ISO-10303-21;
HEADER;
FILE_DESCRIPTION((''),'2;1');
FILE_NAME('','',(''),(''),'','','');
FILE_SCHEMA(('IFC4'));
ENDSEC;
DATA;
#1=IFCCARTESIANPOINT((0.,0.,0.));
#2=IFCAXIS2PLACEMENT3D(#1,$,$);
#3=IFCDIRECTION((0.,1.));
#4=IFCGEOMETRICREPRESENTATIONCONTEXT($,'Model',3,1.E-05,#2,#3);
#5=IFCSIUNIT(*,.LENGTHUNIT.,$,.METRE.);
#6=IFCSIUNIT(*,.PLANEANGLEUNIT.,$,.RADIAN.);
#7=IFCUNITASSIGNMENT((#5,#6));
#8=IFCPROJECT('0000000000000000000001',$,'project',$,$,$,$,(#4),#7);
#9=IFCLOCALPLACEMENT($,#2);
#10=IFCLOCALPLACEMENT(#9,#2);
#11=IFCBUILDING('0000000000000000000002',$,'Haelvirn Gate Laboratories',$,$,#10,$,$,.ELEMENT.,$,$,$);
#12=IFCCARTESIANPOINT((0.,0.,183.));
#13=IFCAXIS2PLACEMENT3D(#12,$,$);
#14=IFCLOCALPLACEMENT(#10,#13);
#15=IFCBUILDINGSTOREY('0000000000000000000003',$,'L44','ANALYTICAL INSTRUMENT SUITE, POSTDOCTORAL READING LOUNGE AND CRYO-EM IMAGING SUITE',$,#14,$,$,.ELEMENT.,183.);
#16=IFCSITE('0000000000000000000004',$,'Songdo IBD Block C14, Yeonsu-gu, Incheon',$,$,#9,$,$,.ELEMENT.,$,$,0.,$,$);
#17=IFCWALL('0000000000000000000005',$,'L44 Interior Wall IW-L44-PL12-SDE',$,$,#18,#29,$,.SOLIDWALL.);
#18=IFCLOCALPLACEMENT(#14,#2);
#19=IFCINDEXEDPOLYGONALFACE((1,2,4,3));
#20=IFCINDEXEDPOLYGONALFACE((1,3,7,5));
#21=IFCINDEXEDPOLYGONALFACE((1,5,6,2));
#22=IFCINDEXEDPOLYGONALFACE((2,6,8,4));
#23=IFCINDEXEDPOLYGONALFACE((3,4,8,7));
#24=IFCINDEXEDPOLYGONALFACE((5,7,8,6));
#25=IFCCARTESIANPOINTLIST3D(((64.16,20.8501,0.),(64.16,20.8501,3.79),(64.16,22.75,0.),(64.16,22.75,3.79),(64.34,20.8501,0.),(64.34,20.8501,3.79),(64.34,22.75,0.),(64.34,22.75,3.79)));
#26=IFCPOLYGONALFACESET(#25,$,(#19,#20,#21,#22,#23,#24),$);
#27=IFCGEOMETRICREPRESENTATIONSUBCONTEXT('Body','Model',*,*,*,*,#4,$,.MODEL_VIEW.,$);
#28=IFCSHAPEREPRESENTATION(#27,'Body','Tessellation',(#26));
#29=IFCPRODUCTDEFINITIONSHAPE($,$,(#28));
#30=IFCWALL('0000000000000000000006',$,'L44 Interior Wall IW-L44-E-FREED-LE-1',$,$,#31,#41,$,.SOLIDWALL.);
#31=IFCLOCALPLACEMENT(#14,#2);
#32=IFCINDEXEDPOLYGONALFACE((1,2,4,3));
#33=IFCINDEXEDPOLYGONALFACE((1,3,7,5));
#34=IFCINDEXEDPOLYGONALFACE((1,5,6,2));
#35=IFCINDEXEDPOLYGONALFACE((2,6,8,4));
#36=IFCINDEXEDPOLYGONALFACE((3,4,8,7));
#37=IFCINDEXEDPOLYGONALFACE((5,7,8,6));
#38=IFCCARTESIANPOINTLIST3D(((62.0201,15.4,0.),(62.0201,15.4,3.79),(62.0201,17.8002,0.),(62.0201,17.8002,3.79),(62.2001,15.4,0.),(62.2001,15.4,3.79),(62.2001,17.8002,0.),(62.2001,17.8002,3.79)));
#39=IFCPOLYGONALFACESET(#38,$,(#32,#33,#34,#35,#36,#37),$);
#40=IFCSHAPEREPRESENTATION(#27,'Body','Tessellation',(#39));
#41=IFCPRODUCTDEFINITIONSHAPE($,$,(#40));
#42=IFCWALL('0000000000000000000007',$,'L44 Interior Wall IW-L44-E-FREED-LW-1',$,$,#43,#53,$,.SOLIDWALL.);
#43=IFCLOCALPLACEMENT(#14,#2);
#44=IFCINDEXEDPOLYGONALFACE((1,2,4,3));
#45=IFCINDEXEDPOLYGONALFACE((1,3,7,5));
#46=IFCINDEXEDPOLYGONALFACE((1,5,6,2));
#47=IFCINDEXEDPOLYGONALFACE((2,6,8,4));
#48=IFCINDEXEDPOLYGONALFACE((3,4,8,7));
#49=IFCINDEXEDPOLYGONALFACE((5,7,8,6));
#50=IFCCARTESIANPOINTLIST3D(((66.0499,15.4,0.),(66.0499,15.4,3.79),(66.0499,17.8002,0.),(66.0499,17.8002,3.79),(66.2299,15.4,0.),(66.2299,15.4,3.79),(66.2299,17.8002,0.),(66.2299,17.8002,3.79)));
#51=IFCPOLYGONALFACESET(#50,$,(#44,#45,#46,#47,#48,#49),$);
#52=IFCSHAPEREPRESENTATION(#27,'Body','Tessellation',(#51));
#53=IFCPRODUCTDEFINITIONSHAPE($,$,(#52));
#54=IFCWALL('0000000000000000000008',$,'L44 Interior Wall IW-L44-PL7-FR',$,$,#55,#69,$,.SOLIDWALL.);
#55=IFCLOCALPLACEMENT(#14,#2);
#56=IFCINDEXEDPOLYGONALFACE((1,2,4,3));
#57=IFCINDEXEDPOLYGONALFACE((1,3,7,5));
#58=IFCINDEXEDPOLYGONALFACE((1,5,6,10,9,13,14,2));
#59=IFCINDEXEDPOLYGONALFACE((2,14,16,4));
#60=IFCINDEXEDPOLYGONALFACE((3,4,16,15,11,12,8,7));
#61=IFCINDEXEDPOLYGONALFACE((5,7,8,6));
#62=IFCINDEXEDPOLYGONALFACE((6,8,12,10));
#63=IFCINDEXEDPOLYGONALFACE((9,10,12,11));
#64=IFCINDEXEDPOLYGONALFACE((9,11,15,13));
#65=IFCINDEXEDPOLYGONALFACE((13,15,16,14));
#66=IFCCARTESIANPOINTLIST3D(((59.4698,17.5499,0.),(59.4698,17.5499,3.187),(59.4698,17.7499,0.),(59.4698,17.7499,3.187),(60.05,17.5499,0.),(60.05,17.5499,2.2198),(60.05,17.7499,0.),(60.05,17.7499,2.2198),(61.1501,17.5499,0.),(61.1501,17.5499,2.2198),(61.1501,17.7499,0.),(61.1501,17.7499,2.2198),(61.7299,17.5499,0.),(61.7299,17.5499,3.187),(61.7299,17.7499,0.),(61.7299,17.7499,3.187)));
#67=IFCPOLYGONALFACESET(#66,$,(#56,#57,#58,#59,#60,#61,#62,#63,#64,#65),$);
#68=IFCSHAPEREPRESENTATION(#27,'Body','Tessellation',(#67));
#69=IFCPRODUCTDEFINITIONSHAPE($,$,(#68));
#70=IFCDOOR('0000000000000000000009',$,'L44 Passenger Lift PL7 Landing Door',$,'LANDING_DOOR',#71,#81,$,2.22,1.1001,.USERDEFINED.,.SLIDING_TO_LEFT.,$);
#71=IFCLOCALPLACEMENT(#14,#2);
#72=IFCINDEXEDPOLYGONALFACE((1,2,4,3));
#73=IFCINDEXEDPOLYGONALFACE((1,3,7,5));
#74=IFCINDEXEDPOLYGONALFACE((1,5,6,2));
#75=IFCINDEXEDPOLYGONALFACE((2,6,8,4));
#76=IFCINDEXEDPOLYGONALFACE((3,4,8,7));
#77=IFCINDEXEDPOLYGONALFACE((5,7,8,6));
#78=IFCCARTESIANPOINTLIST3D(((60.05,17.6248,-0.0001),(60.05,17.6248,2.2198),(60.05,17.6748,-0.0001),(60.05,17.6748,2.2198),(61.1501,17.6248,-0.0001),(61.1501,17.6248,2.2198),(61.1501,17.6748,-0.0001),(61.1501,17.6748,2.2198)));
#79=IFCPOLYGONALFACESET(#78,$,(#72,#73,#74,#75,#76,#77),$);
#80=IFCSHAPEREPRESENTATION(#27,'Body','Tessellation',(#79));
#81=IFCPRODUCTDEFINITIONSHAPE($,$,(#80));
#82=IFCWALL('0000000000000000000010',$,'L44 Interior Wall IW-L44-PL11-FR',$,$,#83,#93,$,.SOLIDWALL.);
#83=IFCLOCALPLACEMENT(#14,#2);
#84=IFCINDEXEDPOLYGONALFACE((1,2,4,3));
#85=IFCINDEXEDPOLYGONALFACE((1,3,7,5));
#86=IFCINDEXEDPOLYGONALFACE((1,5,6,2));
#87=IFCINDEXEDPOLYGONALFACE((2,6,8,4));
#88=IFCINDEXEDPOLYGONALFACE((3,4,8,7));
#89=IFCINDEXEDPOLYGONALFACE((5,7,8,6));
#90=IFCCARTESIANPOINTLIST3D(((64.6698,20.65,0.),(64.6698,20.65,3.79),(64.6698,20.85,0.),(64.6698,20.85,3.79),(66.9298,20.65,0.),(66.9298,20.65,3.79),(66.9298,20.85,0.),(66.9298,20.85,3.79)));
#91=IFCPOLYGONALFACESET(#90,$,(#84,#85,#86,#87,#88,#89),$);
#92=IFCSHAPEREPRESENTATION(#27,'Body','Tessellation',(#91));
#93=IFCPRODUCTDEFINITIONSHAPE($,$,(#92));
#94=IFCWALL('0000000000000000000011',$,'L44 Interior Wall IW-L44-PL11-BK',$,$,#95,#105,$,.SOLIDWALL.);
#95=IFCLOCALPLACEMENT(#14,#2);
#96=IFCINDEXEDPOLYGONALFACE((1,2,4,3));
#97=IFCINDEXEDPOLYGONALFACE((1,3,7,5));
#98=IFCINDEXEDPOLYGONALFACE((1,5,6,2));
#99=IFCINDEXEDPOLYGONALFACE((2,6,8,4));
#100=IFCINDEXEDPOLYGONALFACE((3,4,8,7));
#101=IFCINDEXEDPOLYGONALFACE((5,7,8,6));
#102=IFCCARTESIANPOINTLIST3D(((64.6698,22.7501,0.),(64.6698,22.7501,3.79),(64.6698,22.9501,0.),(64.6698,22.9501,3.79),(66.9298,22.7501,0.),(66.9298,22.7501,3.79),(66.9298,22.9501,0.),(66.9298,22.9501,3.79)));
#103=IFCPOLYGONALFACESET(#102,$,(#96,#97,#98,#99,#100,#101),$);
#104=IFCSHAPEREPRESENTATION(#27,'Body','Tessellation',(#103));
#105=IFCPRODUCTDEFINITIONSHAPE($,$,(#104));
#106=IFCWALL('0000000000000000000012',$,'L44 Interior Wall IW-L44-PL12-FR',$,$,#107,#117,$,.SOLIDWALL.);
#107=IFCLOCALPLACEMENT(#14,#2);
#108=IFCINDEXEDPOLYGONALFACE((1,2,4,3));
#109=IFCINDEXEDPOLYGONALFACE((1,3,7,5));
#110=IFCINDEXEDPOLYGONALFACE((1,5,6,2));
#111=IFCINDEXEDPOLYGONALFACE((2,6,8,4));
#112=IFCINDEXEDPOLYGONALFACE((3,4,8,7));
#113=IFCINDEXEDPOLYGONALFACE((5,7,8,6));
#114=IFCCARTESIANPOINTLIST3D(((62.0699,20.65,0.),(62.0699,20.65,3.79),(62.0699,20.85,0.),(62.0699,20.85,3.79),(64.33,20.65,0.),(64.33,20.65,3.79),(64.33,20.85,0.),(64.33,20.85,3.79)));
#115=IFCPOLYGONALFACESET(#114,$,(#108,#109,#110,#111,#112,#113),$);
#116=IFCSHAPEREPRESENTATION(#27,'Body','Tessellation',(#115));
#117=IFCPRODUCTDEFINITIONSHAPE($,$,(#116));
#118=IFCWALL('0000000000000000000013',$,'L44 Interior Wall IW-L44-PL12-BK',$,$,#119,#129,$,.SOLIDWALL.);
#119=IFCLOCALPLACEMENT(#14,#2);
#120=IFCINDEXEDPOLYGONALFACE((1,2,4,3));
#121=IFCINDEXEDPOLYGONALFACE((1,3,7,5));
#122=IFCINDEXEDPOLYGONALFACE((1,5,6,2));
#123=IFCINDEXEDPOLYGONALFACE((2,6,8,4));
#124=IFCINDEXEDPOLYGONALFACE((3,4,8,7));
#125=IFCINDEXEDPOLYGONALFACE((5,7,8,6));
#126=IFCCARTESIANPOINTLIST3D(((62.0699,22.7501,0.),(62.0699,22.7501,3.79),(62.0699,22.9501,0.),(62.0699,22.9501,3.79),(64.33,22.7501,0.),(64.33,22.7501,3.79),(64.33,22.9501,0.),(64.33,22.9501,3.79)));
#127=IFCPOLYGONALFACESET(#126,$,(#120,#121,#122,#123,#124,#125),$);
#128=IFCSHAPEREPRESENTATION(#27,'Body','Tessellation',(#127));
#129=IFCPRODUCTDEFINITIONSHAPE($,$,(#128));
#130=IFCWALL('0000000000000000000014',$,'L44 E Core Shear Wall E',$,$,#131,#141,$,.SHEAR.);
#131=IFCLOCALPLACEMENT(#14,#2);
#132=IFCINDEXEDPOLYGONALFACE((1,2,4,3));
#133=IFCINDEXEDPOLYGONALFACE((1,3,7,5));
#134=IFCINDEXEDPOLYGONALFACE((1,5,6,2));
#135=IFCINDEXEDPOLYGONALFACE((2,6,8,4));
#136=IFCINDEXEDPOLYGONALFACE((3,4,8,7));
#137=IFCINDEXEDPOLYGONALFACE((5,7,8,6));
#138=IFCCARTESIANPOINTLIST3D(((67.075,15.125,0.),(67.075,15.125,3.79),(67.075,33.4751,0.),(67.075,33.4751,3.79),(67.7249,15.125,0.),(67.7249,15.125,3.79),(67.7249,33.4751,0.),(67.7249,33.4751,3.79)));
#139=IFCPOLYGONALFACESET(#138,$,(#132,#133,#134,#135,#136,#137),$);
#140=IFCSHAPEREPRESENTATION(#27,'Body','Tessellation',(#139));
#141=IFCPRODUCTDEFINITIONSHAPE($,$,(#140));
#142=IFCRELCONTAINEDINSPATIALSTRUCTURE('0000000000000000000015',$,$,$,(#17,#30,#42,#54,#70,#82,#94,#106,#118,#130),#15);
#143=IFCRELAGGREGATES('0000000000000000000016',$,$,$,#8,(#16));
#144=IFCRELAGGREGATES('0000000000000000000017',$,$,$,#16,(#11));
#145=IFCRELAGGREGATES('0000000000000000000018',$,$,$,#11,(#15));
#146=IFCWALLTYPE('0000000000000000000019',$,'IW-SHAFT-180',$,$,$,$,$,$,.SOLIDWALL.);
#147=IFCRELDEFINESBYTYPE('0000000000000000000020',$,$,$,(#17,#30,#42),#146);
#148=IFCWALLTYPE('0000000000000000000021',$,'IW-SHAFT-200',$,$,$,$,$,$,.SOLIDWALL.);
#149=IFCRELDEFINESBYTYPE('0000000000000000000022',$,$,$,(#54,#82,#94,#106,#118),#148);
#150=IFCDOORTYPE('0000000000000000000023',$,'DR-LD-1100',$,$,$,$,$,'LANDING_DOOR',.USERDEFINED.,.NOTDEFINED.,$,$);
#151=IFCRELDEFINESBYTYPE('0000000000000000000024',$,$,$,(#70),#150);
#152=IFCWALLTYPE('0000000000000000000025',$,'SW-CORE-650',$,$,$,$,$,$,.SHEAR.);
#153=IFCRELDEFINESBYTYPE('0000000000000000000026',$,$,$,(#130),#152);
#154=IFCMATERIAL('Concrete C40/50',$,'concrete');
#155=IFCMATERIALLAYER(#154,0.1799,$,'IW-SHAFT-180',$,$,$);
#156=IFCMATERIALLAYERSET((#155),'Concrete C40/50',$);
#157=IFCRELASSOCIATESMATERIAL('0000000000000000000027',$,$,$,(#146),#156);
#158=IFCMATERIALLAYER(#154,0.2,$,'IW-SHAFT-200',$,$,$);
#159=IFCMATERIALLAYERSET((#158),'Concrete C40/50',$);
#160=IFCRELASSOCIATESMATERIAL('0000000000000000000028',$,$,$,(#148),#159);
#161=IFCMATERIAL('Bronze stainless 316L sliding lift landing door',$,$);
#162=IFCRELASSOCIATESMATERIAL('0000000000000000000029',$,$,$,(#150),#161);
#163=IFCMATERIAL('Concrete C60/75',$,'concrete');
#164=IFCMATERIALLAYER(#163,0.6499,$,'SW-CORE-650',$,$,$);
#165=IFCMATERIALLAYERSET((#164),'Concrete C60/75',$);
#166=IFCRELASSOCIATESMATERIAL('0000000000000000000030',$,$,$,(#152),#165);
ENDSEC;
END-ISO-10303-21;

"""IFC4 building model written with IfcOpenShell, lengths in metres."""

from ifc_helpers import new_model, si_unit, direction, frame, frame_2d, origin, place, context, subcontext, project, spatial, rectangle, extrude, source, transform, mapped, material, layer, layer_set, type_object, type_shapes, element, fill, save


model = new_model("IFC4")

# Units and contexts
model_context = context("Model", 3, precision=1e-05, world=origin(), true_north=direction((0.0, 1.0)))
body_context = subcontext(model_context, "Body", "Model", "MODEL_VIEW")
ifc_project = project(units=[si_unit("LENGTHUNIT", "METRE"), si_unit("PLANEANGLEUNIT", "RADIAN")], contexts=[model_context])

# Site, building, storey
site_placement = place(None, origin())
site = spatial("IfcSite", under=ifc_project, at=site_placement, Name="Songdo IBD Block C14, Yeonsu-gu, Incheon", CompositionType="ELEMENT", RefElevation=0.0)
building_placement = place(site_placement, origin())
building = spatial("IfcBuilding", under=site, at=building_placement, Name="Haelvirn Gate Laboratories", CompositionType="ELEMENT")
storey_placement = place(building_placement, frame((0.0, 0.0, 183.0)))
storey = spatial("IfcBuildingStorey", under=building, at=storey_placement, Name="L44", Description="ANALYTICAL INSTRUMENT SUITE, POSTDOCTORAL READING LOUNGE AND CRYO-EM IMAGING SUITE", CompositionType="ELEMENT", Elevation=183.0)

# Shared definitions
ifc_material_1 = material(Name="Concrete C60/75", Category="concrete")

# Wall
ifc_material_2 = material(Name="Concrete C40/50", Category="concrete")
ifc_layer_1 = layer(ifc_material_2, 0.1799, Name="IW-SHAFT-180")
ifc_layer_set_1 = layer_set([ifc_layer_1], Name="Concrete C40/50")
wall_type_1 = type_object("IfcWallType", Name="IW-SHAFT-180", PredefinedType="SOLIDWALL", material=ifc_layer_set_1)
for number, where, z_axis, x_axis, name in (
    (1, (64.25, 20.8501, 0.0), (0.0, 0.0, 1.0), (0.0, 1.0, 0.0), "L44 Interior Wall IW-L44-PL12-SDE"),
):
    element("IfcWall", number, at=place(storey_placement, frame(where, z_axis=z_axis, x_axis=x_axis)), inside=storey, type_object=wall_type_1, Name=name, PredefinedType="SOLIDWALL", context=body_context, shape_type="SweptSolid", body=[
        extrude(rectangle(XDim=1.8999, YDim=0.1799, at=frame_2d((0.95, 0.0))), origin(), (0.0, 0.0, 1.0), 3.79),
    ])

# Walls
for number, where, z_axis, x_axis, name in (
    (2, (62.1101, 15.3999, 0.0), (0.0, 0.0, 1.0), (0.0, 1.0, 0.0), "L44 Interior Wall IW-L44-E-FREED-LE-1"),
    (3, (66.1399, 15.3999, 0.0), (0.0, 0.0, 1.0), (0.0, 1.0, 0.0), "L44 Interior Wall IW-L44-E-FREED-LW-1"),
):
    element("IfcWall", number, at=place(storey_placement, frame(where, z_axis=z_axis, x_axis=x_axis)), inside=storey, type_object=wall_type_1, Name=name, PredefinedType="SOLIDWALL", context=body_context, shape_type="SweptSolid", body=[
        extrude(rectangle(XDim=2.4001, YDim=0.1799, at=frame_2d((1.2002, 0.0))), origin(), (0.0, 0.0, 1.0), 3.79),
    ])

# Wall, opening, door
ifc_layer_2 = layer(ifc_material_2, 0.2, Name="IW-SHAFT-200")
ifc_layer_set_2 = layer_set([ifc_layer_2], Name="Concrete C40/50")
wall_type_2 = type_object("IfcWallType", Name="IW-SHAFT-200", PredefinedType="SOLIDWALL", material=ifc_layer_set_2)
wall_1_placement = place(storey_placement, frame((59.47, 17.6499, 0.0), z_axis=(0.0, 0.0, 1.0), x_axis=(1.0, 0.0, 0.0)))
wall_1 = element("IfcWall", 4, at=wall_1_placement, inside=storey, type_object=wall_type_2, Name="L44 Interior Wall IW-L44-PL7-FR", PredefinedType="SOLIDWALL", context=body_context, shape_type="SweptSolid", body=[
    extrude(rectangle(XDim=2.26, YDim=0.2, at=frame_2d((1.1299, 0.0))), origin(), (0.0, 0.0, 1.0), 3.187),
])
opening_1_placement = place(wall_1_placement, frame((0.5801, 0.0, 0.0)))
opening_1 = element("IfcOpeningElement", 5, at=opening_1_placement, cuts=wall_1, PredefinedType="OPENING", context=body_context, shape_type="SweptSolid", body=[
    extrude(rectangle(XDim=1.1001, YDim=2.22, at=frame_2d((0.55, 1.1099))), frame((0.0, 0.1099, 0.0), z_axis=(0.0, -1.0, 0.0), x_axis=(1.0, 0.0, 0.0)), (0.0, 0.0, 1.0), 0.22),
])
ifc_material_3 = material(Name="Bronze stainless 316L sliding lift landing door")
door_type_1 = type_object("IfcDoorType", Name="DR-LD-1100", ElementType="LANDING_DOOR", OperationType="NOTDEFINED", PredefinedType="USERDEFINED", material=ifc_material_3)
shared_shape_1 = source(origin(), body_context, "Body", "SweptSolid", [
    extrude(rectangle(XDim=1.1001, YDim=2.22, at=frame_2d((0.55, 1.1099))), frame((0.0, 0.0249, 0.0), z_axis=(0.0, -1.0, 0.0), x_axis=(1.0, 0.0, 0.0)), (0.0, 0.0, 1.0), 0.05),
])
type_shapes(door_type_1, [shared_shape_1])
door_1_placement = place(opening_1_placement, origin())
door_1 = element("IfcDoor", 6, at=door_1_placement, inside=storey, type_object=door_type_1, Name="L44 Passenger Lift PL7 Landing Door", ObjectType="LANDING_DOOR", OperationType="SLIDING_TO_LEFT", OverallHeight=2.22, OverallWidth=1.1001, PredefinedType="USERDEFINED", context=body_context, shape_type="MappedRepresentation", body=[
    mapped(shared_shape_1, transform((0.0, 0.0, 0.0), scale=1.0)),
])
fill(opening_1, door_1)

# Walls
for number, where, z_axis, x_axis, name in (
    (7, (64.6699, 20.75, 0.0), (0.0, 0.0, 1.0), (1.0, 0.0, 0.0), "L44 Interior Wall IW-L44-PL11-FR"),
    (8, (64.6699, 22.8501, 0.0), (0.0, 0.0, 1.0), (1.0, 0.0, 0.0), "L44 Interior Wall IW-L44-PL11-BK"),
    (9, (62.0701, 20.75, 0.0), (0.0, 0.0, 1.0), (1.0, 0.0, 0.0), "L44 Interior Wall IW-L44-PL12-FR"),
    (10, (62.0701, 22.8501, 0.0), (0.0, 0.0, 1.0), (1.0, 0.0, 0.0), "L44 Interior Wall IW-L44-PL12-BK"),
):
    element("IfcWall", number, at=place(storey_placement, frame(where, z_axis=z_axis, x_axis=x_axis)), inside=storey, type_object=wall_type_2, Name=name, PredefinedType="SOLIDWALL", context=body_context, shape_type="SweptSolid", body=[
        extrude(rectangle(XDim=2.26, YDim=0.2, at=frame_2d((1.1299, 0.0))), origin(), (0.0, 0.0, 1.0), 3.79),
    ])
ifc_layer_3 = layer(ifc_material_1, 0.6499, Name="SW-CORE-650")
ifc_layer_set_3 = layer_set([ifc_layer_3], Name="Concrete C60/75")
wall_type_3 = type_object("IfcWallType", Name="SW-CORE-650", PredefinedType="SHEAR", material=ifc_layer_set_3)
wall_2_placement = place(storey_placement, frame((67.3999, 15.125, 0.0), z_axis=(0.0, 0.0, 1.0), x_axis=(0.0, 1.0, 0.0)))
element("IfcWall", 11, at=wall_2_placement, inside=storey, type_object=wall_type_3, Name="L44 E Core Shear Wall E", PredefinedType="SHEAR", context=body_context, shape_type="SweptSolid", body=[
    extrude(rectangle(XDim=18.3501, YDim=0.6499, at=frame_2d((9.175, 0.0))), origin(), (0.0, 0.0, 1.0), 3.79),
])

save(model, "model.ifc")
